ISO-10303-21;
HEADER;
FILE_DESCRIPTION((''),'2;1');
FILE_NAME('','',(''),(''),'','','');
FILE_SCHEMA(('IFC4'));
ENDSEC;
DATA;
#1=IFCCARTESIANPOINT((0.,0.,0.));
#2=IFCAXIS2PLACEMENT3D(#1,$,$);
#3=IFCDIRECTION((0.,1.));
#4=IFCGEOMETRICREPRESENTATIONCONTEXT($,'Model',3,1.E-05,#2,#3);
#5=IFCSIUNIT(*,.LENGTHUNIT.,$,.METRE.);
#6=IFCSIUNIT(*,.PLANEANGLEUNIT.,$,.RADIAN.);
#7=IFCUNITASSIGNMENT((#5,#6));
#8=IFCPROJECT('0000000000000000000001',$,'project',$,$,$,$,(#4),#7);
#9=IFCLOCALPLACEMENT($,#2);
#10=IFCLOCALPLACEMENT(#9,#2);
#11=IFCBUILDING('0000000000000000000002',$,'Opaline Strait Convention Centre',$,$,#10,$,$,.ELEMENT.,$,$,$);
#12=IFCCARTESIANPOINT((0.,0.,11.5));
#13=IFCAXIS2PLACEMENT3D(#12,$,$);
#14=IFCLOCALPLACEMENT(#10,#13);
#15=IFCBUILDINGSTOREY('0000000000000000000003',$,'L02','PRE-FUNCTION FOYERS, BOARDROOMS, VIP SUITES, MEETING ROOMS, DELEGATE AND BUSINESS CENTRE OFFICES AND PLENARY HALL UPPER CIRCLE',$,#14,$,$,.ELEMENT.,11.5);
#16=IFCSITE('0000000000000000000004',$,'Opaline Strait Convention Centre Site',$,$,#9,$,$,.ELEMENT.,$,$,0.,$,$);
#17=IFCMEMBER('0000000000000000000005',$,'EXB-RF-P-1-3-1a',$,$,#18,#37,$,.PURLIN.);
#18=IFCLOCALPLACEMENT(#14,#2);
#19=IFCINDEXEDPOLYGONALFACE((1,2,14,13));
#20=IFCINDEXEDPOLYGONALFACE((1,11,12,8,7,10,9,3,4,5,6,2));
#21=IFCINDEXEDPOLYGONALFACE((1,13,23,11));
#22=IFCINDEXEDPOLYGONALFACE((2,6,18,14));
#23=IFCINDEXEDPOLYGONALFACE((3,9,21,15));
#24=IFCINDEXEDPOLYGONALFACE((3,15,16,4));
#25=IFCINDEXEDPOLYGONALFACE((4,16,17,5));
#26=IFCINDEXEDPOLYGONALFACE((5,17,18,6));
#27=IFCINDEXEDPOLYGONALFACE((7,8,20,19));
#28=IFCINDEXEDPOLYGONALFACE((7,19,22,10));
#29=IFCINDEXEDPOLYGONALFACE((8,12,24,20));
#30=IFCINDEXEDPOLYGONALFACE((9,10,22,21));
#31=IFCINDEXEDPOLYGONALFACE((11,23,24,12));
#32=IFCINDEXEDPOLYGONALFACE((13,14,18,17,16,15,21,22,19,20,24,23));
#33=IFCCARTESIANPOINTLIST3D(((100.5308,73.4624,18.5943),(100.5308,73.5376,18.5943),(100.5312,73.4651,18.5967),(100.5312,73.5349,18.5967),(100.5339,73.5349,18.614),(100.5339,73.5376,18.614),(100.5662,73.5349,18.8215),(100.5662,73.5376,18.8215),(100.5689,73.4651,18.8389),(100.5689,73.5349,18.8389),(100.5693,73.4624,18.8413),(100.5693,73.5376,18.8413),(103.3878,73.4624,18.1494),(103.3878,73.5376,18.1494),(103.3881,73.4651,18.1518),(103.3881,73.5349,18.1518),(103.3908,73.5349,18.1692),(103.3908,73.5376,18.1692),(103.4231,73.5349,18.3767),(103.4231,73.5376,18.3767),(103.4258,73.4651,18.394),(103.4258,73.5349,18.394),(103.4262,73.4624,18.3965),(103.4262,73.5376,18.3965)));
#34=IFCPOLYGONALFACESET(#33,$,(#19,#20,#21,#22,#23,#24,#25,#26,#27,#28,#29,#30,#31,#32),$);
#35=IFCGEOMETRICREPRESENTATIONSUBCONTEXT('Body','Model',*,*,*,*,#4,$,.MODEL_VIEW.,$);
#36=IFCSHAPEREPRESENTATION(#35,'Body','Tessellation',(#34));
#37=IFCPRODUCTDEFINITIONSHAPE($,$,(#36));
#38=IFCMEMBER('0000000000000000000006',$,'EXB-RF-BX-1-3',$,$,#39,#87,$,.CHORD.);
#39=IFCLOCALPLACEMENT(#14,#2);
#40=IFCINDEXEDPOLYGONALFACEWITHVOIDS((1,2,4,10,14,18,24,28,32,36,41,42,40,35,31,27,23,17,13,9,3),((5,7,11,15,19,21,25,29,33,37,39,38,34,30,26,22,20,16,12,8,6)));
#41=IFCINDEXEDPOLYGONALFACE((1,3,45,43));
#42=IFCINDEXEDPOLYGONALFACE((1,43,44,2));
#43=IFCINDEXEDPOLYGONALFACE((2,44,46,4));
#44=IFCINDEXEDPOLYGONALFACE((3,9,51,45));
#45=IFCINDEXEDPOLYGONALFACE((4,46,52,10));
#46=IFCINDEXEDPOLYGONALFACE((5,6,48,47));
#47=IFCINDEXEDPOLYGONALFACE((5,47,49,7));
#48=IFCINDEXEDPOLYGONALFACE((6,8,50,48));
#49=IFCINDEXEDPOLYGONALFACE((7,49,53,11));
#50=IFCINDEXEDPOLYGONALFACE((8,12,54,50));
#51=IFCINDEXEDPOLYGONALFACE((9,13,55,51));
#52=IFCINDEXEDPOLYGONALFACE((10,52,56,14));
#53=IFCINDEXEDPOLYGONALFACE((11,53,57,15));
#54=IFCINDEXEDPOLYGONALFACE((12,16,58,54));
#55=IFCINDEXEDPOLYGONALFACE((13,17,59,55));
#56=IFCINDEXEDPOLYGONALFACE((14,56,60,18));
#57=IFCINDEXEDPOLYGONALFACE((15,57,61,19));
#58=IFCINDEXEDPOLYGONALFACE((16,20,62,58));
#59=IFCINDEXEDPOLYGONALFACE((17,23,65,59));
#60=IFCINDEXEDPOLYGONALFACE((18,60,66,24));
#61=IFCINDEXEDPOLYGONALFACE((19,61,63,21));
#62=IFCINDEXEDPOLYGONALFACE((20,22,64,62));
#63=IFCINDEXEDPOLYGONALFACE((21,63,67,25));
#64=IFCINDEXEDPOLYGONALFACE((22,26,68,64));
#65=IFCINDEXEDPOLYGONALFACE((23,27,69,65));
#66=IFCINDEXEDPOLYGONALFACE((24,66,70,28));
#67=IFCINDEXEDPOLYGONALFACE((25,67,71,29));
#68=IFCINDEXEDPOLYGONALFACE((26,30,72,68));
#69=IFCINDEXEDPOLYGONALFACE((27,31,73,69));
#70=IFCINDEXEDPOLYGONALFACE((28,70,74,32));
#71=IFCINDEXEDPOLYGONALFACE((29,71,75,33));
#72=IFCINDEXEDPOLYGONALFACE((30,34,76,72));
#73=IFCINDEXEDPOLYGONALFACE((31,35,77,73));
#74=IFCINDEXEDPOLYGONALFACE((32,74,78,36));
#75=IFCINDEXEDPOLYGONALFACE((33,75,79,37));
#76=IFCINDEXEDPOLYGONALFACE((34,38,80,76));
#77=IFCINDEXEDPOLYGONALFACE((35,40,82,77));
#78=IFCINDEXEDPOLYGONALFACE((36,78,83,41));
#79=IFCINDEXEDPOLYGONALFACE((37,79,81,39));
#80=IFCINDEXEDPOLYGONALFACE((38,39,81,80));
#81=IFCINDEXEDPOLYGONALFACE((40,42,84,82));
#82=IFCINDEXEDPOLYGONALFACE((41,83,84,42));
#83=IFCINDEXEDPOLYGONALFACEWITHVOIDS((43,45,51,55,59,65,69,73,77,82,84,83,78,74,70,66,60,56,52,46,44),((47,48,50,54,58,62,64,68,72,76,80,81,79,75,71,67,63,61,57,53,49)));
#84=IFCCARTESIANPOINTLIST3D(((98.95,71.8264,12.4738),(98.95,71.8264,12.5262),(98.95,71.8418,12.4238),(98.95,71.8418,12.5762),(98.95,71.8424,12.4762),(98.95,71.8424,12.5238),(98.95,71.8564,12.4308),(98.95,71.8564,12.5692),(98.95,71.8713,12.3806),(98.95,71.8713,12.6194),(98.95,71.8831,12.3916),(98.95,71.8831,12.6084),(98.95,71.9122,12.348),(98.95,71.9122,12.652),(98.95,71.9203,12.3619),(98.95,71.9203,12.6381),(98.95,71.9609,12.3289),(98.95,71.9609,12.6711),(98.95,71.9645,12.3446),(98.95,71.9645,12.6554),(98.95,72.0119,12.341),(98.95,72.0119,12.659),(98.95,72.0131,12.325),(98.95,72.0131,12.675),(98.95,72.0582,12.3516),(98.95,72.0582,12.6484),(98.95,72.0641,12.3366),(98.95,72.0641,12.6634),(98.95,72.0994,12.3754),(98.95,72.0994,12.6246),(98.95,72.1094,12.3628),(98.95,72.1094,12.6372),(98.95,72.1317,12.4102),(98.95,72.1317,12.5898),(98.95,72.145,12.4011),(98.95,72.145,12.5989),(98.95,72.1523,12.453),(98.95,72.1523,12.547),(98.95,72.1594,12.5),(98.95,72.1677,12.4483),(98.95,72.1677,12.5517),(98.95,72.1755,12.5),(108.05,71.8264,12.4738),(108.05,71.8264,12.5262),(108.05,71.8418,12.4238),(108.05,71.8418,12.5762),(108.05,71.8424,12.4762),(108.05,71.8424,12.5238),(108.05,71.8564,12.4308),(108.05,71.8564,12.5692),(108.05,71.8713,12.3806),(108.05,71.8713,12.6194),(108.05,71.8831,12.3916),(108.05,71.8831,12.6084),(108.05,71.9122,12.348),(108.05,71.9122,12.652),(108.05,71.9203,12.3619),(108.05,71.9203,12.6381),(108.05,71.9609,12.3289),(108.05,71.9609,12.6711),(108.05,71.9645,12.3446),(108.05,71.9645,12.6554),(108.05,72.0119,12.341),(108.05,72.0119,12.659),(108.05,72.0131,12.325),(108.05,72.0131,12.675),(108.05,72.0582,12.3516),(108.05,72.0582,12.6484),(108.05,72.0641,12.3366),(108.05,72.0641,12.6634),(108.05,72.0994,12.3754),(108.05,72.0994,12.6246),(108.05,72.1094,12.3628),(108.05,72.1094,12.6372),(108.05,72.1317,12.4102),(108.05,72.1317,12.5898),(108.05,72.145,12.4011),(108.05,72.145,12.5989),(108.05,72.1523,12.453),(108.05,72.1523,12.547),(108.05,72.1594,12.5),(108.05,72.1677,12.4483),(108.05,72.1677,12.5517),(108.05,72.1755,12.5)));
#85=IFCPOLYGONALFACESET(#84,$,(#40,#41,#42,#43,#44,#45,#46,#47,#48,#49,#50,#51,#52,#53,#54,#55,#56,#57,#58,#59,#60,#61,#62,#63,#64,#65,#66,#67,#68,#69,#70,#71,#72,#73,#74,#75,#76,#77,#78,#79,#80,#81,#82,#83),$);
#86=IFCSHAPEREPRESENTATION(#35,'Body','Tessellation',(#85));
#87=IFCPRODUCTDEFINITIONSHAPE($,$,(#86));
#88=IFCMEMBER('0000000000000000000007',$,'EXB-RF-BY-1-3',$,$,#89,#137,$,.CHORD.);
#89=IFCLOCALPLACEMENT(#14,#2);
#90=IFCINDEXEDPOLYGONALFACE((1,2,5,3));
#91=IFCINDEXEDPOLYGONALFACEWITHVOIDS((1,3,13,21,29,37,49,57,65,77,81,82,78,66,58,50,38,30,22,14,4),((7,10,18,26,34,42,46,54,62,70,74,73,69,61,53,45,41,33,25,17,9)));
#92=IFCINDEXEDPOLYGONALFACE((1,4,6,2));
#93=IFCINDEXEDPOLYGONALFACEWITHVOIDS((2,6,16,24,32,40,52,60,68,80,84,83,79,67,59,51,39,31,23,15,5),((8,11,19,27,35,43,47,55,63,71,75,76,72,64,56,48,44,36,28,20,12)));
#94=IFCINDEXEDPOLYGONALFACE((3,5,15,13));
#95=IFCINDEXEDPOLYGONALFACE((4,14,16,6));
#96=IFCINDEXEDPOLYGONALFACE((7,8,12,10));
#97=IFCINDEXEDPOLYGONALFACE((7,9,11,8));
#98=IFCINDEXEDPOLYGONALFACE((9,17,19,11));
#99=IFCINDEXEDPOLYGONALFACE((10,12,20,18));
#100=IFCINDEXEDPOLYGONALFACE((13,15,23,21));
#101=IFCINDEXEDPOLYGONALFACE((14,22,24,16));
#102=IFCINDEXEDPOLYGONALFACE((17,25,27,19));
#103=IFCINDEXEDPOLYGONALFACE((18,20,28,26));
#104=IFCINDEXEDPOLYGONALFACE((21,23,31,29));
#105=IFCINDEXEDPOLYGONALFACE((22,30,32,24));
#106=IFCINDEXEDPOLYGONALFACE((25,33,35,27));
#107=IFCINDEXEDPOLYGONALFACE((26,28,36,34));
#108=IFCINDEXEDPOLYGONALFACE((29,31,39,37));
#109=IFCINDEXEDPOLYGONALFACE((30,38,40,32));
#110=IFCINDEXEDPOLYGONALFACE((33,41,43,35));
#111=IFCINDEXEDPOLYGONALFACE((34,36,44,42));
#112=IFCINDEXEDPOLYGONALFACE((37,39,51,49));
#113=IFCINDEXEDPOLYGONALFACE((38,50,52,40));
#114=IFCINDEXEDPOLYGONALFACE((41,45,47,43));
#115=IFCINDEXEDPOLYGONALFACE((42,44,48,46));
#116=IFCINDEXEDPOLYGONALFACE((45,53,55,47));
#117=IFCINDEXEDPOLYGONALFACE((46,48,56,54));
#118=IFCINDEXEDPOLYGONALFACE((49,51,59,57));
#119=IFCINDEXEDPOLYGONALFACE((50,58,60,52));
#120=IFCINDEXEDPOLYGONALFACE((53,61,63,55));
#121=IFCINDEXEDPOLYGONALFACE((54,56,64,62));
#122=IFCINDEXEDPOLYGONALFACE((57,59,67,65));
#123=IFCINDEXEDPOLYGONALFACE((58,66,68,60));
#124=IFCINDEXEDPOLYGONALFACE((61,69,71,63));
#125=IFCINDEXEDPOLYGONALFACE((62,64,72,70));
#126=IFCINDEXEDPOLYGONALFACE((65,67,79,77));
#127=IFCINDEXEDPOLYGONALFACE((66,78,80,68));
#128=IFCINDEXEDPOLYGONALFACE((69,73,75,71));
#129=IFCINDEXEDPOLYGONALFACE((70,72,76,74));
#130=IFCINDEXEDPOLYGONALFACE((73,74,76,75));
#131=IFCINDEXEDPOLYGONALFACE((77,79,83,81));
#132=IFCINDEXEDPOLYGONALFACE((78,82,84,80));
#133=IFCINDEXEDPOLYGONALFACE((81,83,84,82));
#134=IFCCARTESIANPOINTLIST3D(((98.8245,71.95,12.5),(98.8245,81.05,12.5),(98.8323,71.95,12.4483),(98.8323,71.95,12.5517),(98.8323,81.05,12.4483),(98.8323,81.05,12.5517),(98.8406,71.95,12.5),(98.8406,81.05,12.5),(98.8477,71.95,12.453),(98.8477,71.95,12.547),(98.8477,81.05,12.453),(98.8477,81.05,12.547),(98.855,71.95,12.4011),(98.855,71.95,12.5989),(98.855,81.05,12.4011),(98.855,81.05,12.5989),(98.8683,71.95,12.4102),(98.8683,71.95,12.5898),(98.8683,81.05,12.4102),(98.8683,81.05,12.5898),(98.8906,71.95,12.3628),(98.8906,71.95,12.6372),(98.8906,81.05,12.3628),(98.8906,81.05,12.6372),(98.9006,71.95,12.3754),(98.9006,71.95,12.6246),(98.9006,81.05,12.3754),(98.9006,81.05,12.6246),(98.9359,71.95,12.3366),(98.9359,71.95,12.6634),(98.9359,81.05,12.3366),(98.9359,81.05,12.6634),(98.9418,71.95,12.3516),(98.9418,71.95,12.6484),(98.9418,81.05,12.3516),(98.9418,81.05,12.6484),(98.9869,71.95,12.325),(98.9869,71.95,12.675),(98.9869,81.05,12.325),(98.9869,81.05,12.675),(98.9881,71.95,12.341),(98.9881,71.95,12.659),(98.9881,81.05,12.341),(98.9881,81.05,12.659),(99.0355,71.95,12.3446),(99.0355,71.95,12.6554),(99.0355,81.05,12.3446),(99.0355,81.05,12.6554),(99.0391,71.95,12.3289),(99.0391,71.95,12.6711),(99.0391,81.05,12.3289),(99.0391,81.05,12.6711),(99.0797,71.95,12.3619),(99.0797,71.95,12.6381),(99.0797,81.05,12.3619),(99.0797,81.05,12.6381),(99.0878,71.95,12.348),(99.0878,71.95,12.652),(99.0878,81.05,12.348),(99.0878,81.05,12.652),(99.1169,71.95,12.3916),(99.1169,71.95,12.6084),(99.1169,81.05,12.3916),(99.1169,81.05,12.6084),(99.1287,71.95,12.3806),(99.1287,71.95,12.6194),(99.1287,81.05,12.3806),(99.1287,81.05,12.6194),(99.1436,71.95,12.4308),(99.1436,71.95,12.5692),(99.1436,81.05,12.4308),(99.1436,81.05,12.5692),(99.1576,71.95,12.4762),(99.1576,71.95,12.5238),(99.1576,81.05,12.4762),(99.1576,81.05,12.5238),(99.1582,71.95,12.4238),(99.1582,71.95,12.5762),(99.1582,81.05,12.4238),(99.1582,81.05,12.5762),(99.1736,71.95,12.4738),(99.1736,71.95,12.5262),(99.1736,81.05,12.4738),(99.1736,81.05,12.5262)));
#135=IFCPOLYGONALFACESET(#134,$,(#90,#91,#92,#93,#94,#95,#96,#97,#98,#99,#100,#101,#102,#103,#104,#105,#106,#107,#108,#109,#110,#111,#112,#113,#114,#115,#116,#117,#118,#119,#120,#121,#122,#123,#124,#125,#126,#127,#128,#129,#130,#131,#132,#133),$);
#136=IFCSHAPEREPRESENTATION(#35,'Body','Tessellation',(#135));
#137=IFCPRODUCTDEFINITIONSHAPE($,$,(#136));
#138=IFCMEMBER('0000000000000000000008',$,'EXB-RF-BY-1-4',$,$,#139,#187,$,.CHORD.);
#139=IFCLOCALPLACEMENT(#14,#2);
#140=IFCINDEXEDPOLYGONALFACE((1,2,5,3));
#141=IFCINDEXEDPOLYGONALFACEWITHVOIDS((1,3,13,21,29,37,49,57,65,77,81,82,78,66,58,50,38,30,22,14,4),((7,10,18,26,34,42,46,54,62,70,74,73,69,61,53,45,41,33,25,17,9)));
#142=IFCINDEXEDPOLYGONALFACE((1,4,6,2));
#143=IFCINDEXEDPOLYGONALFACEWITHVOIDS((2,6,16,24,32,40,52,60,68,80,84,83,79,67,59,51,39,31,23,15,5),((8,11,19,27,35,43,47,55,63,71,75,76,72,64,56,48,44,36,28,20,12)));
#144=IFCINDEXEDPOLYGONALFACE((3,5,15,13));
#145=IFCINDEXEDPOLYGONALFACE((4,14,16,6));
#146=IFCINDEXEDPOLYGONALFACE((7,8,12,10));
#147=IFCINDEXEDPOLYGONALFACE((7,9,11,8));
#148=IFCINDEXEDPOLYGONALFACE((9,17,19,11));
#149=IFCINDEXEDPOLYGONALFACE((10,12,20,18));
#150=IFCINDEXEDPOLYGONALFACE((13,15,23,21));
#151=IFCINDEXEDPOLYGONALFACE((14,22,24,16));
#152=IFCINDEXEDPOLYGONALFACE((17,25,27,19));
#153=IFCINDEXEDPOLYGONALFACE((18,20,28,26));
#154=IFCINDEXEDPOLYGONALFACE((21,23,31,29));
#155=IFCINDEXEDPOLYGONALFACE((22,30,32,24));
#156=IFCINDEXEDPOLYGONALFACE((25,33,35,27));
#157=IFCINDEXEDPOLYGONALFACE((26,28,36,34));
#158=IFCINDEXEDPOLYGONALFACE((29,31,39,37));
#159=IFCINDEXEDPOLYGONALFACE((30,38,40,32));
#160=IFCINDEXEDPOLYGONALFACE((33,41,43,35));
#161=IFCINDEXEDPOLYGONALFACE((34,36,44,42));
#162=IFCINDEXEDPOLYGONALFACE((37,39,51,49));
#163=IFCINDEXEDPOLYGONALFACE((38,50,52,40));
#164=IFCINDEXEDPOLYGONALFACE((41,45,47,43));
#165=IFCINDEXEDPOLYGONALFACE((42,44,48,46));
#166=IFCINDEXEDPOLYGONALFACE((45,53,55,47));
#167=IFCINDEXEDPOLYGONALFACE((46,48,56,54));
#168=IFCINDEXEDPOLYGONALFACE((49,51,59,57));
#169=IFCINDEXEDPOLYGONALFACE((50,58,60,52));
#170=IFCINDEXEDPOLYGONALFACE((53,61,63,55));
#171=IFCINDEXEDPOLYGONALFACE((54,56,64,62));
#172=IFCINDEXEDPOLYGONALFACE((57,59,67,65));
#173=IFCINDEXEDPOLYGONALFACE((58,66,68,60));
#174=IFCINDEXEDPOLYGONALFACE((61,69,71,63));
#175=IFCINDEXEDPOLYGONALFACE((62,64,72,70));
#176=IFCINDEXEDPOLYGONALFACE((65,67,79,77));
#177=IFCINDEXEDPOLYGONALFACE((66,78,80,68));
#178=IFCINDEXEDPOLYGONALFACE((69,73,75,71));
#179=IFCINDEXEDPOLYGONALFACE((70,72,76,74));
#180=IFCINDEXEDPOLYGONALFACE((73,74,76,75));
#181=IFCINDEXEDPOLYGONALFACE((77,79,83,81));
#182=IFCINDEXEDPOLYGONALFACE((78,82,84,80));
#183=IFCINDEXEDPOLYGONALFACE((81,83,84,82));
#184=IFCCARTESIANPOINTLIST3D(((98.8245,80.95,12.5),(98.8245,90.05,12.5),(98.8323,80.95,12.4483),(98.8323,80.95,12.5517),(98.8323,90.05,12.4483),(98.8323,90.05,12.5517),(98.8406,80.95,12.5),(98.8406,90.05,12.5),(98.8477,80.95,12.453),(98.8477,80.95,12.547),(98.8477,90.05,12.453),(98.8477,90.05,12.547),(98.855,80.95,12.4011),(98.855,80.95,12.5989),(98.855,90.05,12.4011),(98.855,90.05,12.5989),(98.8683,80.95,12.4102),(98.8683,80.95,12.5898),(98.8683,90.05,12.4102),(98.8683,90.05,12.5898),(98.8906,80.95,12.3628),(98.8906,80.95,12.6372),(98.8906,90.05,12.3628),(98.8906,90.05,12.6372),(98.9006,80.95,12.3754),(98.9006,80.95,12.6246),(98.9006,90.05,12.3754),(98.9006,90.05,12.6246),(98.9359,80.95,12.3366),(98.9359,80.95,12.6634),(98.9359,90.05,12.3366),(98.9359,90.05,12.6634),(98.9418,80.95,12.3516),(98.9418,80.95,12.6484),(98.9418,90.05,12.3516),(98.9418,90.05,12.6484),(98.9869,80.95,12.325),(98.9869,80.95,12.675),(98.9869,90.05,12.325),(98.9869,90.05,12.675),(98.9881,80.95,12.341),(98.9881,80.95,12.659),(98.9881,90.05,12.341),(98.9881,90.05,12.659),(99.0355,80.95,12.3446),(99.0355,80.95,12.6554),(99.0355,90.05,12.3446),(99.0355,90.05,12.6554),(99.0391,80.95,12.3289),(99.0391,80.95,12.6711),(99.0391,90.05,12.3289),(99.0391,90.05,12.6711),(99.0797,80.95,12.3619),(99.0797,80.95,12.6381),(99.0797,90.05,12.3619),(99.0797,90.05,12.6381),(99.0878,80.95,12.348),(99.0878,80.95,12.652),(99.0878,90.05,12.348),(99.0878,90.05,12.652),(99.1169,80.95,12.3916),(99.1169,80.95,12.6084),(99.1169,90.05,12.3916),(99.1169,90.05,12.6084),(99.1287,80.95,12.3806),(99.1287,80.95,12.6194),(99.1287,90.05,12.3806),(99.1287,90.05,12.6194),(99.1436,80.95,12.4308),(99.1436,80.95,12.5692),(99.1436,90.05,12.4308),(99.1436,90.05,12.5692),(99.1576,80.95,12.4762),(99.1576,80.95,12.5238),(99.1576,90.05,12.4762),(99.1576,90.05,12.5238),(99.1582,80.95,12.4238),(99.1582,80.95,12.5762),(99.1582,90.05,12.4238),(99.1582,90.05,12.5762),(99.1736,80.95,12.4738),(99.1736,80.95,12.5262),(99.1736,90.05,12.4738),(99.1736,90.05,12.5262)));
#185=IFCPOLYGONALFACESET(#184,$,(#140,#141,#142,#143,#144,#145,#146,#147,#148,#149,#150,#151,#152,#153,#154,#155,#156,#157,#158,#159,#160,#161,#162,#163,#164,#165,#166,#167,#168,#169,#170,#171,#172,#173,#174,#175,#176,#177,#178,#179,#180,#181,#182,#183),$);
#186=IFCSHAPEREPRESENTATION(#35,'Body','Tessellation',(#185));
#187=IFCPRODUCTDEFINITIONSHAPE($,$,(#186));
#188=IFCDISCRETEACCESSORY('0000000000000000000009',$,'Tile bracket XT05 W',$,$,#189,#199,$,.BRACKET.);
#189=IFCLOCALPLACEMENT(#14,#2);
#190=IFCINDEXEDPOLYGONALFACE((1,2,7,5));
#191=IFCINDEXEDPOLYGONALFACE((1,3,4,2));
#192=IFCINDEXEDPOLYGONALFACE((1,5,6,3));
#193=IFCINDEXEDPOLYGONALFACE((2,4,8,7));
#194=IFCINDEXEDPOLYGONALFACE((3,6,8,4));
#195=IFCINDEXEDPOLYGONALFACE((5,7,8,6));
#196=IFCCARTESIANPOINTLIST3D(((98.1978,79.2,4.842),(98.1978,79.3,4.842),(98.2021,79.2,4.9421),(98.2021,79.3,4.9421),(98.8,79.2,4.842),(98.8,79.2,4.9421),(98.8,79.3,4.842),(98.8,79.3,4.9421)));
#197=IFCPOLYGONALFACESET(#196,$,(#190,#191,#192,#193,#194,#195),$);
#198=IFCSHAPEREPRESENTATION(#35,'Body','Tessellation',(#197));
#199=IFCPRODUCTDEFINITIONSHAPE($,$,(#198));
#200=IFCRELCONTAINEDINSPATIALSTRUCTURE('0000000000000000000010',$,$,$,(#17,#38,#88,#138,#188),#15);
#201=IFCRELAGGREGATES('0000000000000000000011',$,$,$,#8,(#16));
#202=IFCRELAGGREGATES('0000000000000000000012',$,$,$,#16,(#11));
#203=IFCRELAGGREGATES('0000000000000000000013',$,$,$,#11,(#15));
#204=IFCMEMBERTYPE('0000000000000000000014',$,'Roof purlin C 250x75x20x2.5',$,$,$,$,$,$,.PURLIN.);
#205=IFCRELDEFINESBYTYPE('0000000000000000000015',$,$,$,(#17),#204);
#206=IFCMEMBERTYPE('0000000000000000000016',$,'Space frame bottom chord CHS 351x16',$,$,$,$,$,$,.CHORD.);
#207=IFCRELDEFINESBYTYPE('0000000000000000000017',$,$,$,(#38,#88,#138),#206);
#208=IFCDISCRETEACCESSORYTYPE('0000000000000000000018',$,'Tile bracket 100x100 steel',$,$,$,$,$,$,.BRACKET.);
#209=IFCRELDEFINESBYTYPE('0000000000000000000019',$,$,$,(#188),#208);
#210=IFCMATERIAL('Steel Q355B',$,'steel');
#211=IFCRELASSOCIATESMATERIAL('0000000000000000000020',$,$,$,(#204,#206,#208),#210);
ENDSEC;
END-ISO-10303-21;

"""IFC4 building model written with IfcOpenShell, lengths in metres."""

from ifc_helpers import new_model, si_unit, direction, frame, origin, origin_2d, place, context, subcontext, project, spatial, polyline, hollow_circle, outline, extrude, material, material_profile, profile_set, type_object, element, save


model = new_model("IFC4")

# Units and contexts
model_context = context("Model", 3, precision=1e-05, world=origin(), true_north=direction((0.0, 1.0)))
body_context = subcontext(model_context, "Body", "Model", "MODEL_VIEW")
ifc_project = project(units=[si_unit("LENGTHUNIT", "METRE"), si_unit("PLANEANGLEUNIT", "RADIAN")], contexts=[model_context])

# Site, building, storey
site_placement = place(None, origin())
site = spatial("IfcSite", under=ifc_project, at=site_placement, Name="Opaline Strait Convention Centre Site", CompositionType="ELEMENT", RefElevation=0.0)
building_placement = place(site_placement, origin())
building = spatial("IfcBuilding", under=site, at=building_placement, Name="Opaline Strait Convention Centre", CompositionType="ELEMENT")
storey_placement = place(building_placement, frame((0.0, 0.0, 11.5)))
storey = spatial("IfcBuildingStorey", under=building, at=storey_placement, Name="L02", Description="PRE-FUNCTION FOYERS, BOARDROOMS, VIP SUITES, MEETING ROOMS, DELEGATE AND BUSINESS CENTRE OFFICES AND PLENARY HALL UPPER CIRCLE", CompositionType="ELEMENT", Elevation=11.5)

# Members
ifc_material = material(Name="Steel Q355B", Category="steel")
ifc_material_profile_1 = material_profile(ifc_material, outline(polyline([(-0.0376, -0.125), (0.0376, -0.125), (0.0376, -0.105), (0.0349, -0.105), (0.0349, -0.1226), (-0.0349, -0.1226), (-0.0349, 0.1226), (0.0349, 0.1226), (0.0349, 0.105), (0.0376, 0.105), (0.0376, 0.125), (-0.0376, 0.125), (-0.0376, -0.125)])), Name="C 250x75x20x2.5")
ifc_profile_set_1 = profile_set([ifc_material_profile_1], Name="Steel Q355B")
member_type_1 = type_object("IfcMemberType", Name="Roof purlin C 250x75x20x2.5", PredefinedType="PURLIN", material=ifc_profile_set_1)
member_placement = place(storey_placement, frame((100.55, 73.5, 18.7178), z_axis=(0.988095, 0.0, -0.153846), x_axis=(0.0, 1.0, 0.0)))
element("IfcMember", 1, at=member_placement, inside=storey, type_object=member_type_1, Name="EXB-RF-P-1-3-1a", PredefinedType="PURLIN", context=body_context, shape_type="SweptSolid", body=[
    extrude(outline(polyline([(-0.0376, -0.125), (0.0376, -0.125), (0.0376, -0.105), (0.0349, -0.105), (0.0349, -0.1226), (-0.0349, -0.1226), (-0.0349, 0.1226), (0.0349, 0.1226), (0.0349, 0.105), (0.0376, 0.105), (0.0376, 0.125), (-0.0376, 0.125), (-0.0376, -0.125)])), origin(), (0.0, 0.0, 1.0), 2.8914),
])
ifc_material_profile_2 = material_profile(ifc_material, hollow_circle(Radius=0.1755, WallThickness=0.0161, at=origin_2d()), Name="CHS 351x16")
ifc_profile_set_2 = profile_set([ifc_material_profile_2], Name="Steel Q355B")
member_type_2 = type_object("IfcMemberType", Name="Space frame bottom chord CHS 351x16", PredefinedType="CHORD", material=ifc_profile_set_2)
for number, where, z_axis, x_axis, name in (
    (2, (98.95, 72.0, 12.5), (1.0, 0.0, 0.0), (0.0, 1.0, 0.0), "EXB-RF-BX-1-3"),
    (3, (99.0, 71.95, 12.5), (0.0, 1.0, 0.0), (-1.0, 0.0, 0.0), "EXB-RF-BY-1-3"),
    (4, (99.0, 80.95, 12.5), (0.0, 1.0, 0.0), (-1.0, 0.0, 0.0), "EXB-RF-BY-1-4"),
):
    element("IfcMember", number, at=place(storey_placement, frame(where, z_axis=z_axis, x_axis=x_axis)), inside=storey, type_object=member_type_2, Name=name, PredefinedType="CHORD", context=body_context, shape_type="SweptSolid", body=[
        extrude(hollow_circle(Radius=0.1755, WallThickness=0.0161, at=origin_2d()), origin(), (0.0, 0.0, 1.0), 9.1001),
    ])

# Discrete accessory
discrete_accessory_type = type_object("IfcDiscreteAccessoryType", Name="Tile bracket 100x100 steel", PredefinedType="BRACKET", material=ifc_material)
discrete_accessory_1_placement = place(storey_placement, frame((98.8, 79.3, 4.8921), z_axis=(0.0, -1.0, 0.0), x_axis=(1.0, 0.0, 0.0)))
element("IfcDiscreteAccessory", 5, at=discrete_accessory_1_placement, inside=storey, type_object=discrete_accessory_type, Name="Tile bracket XT05 W", PredefinedType="BRACKET", context=body_context, shape_type="SweptSolid", body=[
    extrude(outline(polyline([(0.0, -0.05), (0.0, 0.05), (-0.5979, 0.05), (-0.6023, -0.05), (0.0, -0.05)])), origin(), (0.0, 0.0, 1.0), 0.1001),
])

save(model, "model.ifc")
